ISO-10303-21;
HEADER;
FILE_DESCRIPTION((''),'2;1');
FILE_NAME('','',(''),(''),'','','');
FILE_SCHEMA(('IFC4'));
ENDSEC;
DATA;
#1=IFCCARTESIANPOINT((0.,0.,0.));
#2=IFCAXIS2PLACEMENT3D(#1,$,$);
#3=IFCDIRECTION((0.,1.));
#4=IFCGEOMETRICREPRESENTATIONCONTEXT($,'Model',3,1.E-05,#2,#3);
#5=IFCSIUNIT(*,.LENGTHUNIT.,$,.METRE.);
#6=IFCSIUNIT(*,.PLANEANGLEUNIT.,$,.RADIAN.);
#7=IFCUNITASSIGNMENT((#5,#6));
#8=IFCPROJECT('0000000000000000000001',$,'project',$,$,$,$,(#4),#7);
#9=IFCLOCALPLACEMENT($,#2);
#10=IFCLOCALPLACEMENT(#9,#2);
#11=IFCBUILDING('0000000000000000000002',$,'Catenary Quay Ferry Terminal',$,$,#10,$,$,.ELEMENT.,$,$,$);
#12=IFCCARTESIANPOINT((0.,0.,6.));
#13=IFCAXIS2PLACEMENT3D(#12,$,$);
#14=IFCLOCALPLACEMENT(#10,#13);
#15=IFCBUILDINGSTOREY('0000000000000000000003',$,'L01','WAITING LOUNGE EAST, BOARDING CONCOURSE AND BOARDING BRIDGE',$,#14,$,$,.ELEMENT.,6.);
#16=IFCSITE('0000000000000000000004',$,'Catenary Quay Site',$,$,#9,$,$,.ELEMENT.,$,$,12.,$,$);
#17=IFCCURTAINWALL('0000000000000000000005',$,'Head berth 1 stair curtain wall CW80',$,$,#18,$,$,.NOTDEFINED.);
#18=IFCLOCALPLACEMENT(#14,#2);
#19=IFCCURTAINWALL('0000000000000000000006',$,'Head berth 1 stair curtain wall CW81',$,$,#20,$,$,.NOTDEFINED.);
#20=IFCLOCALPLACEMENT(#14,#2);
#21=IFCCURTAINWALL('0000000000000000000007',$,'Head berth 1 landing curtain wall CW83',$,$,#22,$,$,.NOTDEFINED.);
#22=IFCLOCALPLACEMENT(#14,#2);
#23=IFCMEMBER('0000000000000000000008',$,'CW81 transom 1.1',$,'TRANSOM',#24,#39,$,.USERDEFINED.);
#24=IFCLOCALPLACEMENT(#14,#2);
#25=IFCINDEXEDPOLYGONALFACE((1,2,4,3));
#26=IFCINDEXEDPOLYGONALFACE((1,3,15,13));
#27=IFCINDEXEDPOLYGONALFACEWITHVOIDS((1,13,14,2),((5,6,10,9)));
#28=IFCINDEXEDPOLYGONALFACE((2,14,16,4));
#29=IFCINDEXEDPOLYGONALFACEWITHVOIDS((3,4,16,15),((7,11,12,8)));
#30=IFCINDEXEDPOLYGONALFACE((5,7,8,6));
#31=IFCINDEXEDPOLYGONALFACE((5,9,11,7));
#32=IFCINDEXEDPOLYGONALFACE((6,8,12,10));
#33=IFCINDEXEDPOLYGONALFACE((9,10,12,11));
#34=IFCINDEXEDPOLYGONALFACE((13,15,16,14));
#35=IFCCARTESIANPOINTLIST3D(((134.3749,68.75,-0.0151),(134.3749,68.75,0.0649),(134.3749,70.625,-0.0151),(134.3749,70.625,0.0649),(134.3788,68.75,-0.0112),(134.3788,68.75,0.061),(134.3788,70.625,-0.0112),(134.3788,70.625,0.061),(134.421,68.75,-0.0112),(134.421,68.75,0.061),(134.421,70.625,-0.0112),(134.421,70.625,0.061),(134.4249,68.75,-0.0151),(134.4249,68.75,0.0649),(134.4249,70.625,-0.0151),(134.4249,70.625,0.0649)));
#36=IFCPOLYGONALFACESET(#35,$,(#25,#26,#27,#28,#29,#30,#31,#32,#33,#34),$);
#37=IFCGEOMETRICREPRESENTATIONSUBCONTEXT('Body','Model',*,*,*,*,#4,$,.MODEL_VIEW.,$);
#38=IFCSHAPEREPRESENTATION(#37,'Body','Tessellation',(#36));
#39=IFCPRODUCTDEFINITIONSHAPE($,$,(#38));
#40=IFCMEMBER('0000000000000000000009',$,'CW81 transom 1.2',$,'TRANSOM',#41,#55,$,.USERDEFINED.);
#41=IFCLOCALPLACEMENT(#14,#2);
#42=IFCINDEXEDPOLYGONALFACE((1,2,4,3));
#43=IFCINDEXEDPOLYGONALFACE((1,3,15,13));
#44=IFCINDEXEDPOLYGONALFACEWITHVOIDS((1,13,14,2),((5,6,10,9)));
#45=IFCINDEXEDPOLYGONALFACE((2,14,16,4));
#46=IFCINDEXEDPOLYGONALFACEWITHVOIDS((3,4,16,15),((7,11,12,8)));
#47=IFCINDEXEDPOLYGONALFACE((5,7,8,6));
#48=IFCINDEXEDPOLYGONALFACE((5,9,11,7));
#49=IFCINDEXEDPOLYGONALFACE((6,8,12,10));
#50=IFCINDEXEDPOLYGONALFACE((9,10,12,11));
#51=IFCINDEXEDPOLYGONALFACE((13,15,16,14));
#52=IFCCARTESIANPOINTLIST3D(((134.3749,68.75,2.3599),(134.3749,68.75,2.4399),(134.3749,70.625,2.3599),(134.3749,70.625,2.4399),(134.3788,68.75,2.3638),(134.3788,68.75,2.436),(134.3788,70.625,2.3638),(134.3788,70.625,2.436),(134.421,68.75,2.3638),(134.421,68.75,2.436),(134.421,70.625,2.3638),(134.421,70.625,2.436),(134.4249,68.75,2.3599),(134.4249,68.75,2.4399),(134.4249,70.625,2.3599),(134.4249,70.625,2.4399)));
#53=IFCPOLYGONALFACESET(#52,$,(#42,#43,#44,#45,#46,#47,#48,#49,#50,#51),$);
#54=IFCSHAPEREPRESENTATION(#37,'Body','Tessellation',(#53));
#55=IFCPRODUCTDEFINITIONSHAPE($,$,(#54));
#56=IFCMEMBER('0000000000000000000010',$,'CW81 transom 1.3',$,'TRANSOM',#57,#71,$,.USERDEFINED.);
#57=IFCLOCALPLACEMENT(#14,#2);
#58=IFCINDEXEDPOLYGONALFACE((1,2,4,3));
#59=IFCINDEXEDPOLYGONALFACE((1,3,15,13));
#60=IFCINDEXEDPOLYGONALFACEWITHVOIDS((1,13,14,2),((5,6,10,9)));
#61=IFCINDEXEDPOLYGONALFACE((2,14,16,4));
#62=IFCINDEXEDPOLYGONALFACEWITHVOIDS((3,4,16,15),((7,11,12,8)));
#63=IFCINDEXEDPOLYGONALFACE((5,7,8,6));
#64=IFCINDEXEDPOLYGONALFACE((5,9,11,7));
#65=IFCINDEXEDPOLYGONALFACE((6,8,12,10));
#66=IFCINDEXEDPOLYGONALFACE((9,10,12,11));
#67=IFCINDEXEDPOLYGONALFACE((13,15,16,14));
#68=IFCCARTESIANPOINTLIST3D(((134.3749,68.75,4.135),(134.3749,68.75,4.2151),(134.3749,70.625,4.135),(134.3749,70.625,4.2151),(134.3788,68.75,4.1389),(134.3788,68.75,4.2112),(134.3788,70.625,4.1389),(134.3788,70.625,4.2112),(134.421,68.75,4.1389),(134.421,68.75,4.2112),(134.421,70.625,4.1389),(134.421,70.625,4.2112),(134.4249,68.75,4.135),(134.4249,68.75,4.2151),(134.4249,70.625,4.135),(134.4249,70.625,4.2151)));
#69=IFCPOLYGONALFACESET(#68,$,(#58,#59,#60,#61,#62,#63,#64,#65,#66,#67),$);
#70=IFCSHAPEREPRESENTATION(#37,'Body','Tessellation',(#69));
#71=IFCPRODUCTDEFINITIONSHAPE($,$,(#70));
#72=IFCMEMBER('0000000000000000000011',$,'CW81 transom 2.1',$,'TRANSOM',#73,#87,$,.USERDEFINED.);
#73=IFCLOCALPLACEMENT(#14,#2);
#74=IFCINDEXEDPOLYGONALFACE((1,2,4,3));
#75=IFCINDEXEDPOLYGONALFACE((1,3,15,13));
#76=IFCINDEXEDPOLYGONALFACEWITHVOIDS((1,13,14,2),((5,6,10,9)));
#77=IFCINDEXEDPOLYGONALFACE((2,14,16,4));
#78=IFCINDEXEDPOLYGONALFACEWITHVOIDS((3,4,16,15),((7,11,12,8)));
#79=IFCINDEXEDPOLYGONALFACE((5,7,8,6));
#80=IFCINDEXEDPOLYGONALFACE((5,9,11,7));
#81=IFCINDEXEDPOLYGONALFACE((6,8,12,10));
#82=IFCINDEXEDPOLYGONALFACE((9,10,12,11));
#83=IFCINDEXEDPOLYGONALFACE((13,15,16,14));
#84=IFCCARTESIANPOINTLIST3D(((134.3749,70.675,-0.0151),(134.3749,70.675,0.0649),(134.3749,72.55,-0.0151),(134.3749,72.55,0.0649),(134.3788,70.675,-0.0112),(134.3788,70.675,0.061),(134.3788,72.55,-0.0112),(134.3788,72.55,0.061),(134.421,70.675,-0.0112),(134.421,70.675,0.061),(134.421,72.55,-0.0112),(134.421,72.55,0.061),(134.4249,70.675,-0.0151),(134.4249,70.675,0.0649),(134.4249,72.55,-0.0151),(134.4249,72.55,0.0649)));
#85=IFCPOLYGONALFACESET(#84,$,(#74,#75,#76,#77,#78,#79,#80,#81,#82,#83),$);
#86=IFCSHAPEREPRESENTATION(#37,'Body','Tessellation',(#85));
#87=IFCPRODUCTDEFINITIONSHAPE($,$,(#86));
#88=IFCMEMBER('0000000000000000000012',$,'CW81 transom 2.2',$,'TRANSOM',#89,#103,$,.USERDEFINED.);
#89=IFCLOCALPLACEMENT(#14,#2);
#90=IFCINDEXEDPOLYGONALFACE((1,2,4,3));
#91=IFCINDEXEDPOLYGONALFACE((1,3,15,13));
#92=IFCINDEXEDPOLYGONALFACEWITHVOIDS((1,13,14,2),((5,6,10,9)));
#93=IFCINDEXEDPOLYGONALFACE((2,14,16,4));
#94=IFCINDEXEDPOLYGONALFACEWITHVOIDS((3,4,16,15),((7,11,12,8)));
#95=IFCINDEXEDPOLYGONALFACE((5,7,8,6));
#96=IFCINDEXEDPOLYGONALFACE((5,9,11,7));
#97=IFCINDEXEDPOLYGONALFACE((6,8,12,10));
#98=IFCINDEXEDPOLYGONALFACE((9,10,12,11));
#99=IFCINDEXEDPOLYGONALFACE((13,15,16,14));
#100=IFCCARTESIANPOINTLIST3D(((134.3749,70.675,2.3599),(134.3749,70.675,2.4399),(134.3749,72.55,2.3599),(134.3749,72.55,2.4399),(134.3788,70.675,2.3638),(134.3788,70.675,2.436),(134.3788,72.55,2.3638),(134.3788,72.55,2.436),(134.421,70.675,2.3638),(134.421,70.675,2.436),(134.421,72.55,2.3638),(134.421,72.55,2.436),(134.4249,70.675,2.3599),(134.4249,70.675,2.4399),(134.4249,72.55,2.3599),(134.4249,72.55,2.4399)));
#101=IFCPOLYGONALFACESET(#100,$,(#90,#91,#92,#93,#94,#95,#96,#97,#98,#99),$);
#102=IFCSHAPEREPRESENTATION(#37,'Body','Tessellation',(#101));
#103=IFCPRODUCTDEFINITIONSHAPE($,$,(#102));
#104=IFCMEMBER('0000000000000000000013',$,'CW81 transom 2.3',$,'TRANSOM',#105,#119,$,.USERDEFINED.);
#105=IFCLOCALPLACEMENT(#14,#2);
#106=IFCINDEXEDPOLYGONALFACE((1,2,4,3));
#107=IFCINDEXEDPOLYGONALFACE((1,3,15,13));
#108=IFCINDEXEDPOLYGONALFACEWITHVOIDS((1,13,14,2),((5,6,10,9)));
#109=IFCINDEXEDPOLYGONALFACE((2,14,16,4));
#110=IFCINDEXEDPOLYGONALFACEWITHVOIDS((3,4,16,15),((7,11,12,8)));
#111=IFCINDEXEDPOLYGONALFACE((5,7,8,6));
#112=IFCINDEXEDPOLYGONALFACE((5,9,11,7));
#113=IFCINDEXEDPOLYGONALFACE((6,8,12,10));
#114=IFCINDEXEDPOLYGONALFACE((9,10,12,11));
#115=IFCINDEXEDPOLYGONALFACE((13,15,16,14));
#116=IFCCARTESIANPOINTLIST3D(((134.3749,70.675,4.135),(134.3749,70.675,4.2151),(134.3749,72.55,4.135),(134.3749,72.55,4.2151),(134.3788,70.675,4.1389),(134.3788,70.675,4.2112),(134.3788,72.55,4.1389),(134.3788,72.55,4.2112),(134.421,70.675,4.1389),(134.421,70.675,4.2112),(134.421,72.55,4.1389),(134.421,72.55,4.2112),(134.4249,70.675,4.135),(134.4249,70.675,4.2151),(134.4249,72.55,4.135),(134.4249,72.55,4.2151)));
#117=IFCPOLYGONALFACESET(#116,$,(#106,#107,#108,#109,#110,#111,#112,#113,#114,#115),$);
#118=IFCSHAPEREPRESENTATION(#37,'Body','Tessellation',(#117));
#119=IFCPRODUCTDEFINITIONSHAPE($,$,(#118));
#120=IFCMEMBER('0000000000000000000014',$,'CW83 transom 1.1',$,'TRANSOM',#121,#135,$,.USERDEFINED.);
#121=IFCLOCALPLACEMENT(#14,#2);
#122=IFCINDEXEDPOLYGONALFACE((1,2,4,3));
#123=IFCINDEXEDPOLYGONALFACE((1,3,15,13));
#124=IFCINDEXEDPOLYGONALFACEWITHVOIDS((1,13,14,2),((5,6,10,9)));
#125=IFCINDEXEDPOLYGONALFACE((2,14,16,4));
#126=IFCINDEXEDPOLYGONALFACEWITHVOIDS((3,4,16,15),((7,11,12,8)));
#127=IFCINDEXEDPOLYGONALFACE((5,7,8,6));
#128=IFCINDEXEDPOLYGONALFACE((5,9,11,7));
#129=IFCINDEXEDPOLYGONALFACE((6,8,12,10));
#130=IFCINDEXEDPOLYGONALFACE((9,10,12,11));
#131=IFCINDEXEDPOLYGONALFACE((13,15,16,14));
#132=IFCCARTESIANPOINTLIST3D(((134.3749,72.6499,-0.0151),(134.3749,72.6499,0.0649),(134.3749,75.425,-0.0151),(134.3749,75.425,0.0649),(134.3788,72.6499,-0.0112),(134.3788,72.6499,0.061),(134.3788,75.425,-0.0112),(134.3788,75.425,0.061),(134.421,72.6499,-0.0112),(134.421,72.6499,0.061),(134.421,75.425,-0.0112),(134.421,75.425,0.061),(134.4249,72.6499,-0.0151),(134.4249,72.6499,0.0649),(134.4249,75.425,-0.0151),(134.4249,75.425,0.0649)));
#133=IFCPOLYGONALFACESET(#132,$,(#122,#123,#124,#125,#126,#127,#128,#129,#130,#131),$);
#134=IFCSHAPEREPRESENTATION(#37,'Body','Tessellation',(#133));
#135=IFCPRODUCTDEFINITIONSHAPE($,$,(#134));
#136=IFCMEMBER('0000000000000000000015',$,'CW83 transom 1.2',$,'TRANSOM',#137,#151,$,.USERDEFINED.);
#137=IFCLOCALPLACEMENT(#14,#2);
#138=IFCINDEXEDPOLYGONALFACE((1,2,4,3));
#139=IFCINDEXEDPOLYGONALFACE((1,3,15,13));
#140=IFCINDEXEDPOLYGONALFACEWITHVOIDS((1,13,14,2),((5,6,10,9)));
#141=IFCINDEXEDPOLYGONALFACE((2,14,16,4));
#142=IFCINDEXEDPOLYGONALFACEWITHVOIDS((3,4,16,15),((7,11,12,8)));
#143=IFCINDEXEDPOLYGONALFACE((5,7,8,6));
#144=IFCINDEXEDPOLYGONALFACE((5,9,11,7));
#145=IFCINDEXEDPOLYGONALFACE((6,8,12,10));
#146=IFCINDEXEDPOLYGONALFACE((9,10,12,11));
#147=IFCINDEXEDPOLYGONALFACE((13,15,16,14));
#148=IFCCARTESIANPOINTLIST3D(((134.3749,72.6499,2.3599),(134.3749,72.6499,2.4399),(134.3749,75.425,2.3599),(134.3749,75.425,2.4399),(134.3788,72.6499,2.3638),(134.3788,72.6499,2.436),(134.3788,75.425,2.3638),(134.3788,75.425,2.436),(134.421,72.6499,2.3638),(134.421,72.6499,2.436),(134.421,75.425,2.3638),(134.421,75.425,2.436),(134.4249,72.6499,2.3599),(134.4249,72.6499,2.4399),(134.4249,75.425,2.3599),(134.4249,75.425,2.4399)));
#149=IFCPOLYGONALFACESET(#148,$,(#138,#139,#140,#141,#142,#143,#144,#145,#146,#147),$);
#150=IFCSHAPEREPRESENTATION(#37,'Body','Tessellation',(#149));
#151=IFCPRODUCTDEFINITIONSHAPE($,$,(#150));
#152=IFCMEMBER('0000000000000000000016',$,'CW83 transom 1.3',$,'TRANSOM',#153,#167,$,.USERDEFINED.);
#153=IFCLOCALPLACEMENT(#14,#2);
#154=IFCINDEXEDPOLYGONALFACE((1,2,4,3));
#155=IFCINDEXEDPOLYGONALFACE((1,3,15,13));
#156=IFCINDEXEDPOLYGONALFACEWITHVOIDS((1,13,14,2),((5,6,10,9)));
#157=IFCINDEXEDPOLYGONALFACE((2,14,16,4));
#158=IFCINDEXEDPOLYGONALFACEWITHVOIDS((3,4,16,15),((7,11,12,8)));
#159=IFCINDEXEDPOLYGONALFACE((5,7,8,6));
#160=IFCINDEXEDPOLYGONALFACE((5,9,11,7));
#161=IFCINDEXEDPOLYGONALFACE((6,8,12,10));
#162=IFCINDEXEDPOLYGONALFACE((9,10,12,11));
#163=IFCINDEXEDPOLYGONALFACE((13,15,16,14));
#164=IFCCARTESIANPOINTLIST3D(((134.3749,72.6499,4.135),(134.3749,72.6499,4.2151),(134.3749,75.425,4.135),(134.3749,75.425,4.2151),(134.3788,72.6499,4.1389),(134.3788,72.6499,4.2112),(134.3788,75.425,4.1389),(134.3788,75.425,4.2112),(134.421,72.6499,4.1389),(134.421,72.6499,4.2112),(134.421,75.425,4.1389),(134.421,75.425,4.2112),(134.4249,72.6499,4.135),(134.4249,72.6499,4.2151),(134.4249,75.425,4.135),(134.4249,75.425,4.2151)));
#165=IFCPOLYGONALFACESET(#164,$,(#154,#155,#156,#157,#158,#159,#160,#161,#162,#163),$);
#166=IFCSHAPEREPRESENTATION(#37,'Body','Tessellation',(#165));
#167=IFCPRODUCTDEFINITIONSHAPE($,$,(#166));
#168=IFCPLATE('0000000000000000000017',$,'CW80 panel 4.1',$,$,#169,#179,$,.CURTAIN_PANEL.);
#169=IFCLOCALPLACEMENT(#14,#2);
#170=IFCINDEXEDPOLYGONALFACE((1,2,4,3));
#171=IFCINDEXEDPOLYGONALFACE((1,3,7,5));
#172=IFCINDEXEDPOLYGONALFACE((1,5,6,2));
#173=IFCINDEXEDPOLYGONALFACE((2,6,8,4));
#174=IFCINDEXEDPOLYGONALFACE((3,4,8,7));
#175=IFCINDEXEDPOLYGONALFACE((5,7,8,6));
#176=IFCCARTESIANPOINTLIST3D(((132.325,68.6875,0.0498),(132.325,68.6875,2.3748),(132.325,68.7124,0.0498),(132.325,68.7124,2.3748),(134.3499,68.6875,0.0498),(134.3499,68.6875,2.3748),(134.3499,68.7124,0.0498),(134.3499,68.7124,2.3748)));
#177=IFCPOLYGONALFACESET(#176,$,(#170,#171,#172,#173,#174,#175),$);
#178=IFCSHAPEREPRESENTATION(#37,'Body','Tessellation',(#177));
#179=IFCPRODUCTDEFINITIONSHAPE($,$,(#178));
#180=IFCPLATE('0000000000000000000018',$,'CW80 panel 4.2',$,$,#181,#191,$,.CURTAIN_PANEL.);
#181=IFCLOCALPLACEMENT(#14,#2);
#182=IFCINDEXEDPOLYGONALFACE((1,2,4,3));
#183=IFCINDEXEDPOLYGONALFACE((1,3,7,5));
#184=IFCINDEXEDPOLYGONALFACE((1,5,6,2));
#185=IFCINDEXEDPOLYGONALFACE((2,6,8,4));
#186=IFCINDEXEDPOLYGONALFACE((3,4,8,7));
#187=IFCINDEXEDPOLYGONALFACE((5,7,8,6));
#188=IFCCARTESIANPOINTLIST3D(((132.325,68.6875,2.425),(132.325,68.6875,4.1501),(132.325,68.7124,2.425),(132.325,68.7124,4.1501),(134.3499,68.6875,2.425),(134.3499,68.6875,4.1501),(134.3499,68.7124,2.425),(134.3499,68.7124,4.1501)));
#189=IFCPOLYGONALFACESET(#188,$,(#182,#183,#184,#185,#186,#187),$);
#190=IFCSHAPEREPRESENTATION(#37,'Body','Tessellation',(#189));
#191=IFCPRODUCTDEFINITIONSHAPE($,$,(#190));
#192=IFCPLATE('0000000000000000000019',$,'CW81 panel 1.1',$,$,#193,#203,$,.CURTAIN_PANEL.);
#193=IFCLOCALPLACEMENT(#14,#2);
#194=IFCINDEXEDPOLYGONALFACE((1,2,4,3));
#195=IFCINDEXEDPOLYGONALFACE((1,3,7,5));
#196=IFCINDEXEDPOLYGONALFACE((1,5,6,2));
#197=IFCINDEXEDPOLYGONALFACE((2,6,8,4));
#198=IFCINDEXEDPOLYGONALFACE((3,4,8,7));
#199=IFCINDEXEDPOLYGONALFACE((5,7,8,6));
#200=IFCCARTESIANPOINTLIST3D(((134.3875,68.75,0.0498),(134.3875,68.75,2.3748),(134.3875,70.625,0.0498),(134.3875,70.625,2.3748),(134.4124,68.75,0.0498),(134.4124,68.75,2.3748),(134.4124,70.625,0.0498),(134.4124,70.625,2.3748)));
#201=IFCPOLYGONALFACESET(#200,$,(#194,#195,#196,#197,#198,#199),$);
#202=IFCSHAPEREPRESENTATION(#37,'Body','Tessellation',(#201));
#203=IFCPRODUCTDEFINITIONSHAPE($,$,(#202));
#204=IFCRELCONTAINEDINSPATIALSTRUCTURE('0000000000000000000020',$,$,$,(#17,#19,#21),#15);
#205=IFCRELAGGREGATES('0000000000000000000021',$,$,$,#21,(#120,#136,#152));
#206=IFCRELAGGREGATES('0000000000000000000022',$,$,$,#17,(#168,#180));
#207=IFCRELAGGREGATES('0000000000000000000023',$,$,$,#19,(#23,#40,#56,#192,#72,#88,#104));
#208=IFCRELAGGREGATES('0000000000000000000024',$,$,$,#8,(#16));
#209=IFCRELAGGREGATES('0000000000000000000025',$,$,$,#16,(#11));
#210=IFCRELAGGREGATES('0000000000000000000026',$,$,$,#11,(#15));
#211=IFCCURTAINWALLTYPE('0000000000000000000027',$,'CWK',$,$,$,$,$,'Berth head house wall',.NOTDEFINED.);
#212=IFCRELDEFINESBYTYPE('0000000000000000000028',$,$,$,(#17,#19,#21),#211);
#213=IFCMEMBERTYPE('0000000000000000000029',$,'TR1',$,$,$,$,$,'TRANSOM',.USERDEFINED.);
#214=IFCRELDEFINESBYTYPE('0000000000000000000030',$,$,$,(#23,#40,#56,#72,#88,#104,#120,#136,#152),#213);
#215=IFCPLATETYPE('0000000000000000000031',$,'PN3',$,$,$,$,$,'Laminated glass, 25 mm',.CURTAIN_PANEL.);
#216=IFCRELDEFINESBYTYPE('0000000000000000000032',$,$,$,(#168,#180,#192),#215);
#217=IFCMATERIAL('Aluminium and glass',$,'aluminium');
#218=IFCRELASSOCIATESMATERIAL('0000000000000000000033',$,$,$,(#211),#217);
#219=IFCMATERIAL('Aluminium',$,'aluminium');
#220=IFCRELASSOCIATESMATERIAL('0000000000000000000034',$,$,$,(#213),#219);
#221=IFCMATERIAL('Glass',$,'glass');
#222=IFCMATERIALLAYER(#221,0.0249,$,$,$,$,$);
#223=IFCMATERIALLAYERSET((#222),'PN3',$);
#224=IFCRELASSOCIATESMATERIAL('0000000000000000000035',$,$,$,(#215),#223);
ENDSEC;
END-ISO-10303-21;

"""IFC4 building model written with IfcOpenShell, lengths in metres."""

from ifc_helpers import new_model, si_unit, direction, frame, origin, origin_2d, place, context, subcontext, project, spatial, rectangle, hollow_rectangle, extrude, material, layer, layer_set, material_profile, profile_set, type_object, element, aggregate, save


model = new_model("IFC4")

# Units and contexts
model_context = context("Model", 3, precision=1e-05, world=origin(), true_north=direction((0.0, 1.0)))
body_context = subcontext(model_context, "Body", "Model", "MODEL_VIEW")
ifc_project = project(units=[si_unit("LENGTHUNIT", "METRE"), si_unit("PLANEANGLEUNIT", "RADIAN")], contexts=[model_context])

# Site, building, storey
site_placement = place(None, origin())
site = spatial("IfcSite", under=ifc_project, at=site_placement, Name="Catenary Quay Site", CompositionType="ELEMENT", RefElevation=12.0)
building_placement = place(site_placement, origin())
building = spatial("IfcBuilding", under=site, at=building_placement, Name="Catenary Quay Ferry Terminal", CompositionType="ELEMENT")
storey_placement = place(building_placement, frame((0.0, 0.0, 6.0)))
storey = spatial("IfcBuildingStorey", under=building, at=storey_placement, Name="L01", Description="WAITING LOUNGE EAST, BOARDING CONCOURSE AND BOARDING BRIDGE", CompositionType="ELEMENT", Elevation=6.0)

# Curtain wall
ifc_material_1 = material(Name="Aluminium and glass", Category="aluminium")
curtain_wall_type = type_object("IfcCurtainWallType", Name="CWK", ElementType="Berth head house wall", PredefinedType="NOTDEFINED", material=ifc_material_1)
curtain_wall_1_placement = place(storey_placement, origin())
curtain_wall_1 = element("IfcCurtainWall", 1, at=curtain_wall_1_placement, inside=storey, type_object=curtain_wall_type, Name="Head berth 1 stair curtain wall CW80", PredefinedType="NOTDEFINED")

# Curtain wall
curtain_wall_2_placement = place(storey_placement, origin())
curtain_wall_2 = element("IfcCurtainWall", 2, at=curtain_wall_2_placement, inside=storey, type_object=curtain_wall_type, Name="Head berth 1 stair curtain wall CW81", PredefinedType="NOTDEFINED")

# Curtain wall
curtain_wall_3_placement = place(storey_placement, origin())
curtain_wall_3 = element("IfcCurtainWall", 3, at=curtain_wall_3_placement, inside=storey, type_object=curtain_wall_type, Name="Head berth 1 landing curtain wall CW83", PredefinedType="NOTDEFINED")

# Members
ifc_material_2 = material(Name="Aluminium", Category="aluminium")
ifc_material_profile_1 = material_profile(ifc_material_2, hollow_rectangle(XDim=0.05, YDim=0.0801, WallThickness=0.0039, at=origin_2d()), Name="TR1")
ifc_profile_set_1 = profile_set([ifc_material_profile_1], Name="Aluminium")
member_type_1 = type_object("IfcMemberType", Name="TR1", ElementType="TRANSOM", PredefinedType="USERDEFINED", material=ifc_profile_set_1)
member_1_placement = place(storey_placement, frame((134.3999, 68.75, 0.0249), z_axis=(0.0, 1.0, 0.0), x_axis=(-1.0, 0.0, 0.0)))
member_1 = element("IfcMember", 4, at=member_1_placement, type_object=member_type_1, Name="CW81 transom 1.1", ObjectType="TRANSOM", PredefinedType="USERDEFINED", context=body_context, shape_type="SweptSolid", body=[
    extrude(hollow_rectangle(XDim=0.05, YDim=0.0801, WallThickness=0.0039, at=origin_2d()), origin(), (0.0, 0.0, 1.0), 1.875),
])
member_2_placement = place(storey_placement, frame((134.3999, 68.75, 2.3999), z_axis=(0.0, 1.0, 0.0), x_axis=(-1.0, 0.0, 0.0)))
member_2 = element("IfcMember", 5, at=member_2_placement, type_object=member_type_1, Name="CW81 transom 1.2", ObjectType="TRANSOM", PredefinedType="USERDEFINED", context=body_context, shape_type="SweptSolid", body=[
    extrude(hollow_rectangle(XDim=0.05, YDim=0.0801, WallThickness=0.0039, at=origin_2d()), origin(), (0.0, 0.0, 1.0), 1.875),
])
member_3_placement = place(storey_placement, frame((134.3999, 68.75, 4.175), z_axis=(0.0, 1.0, 0.0), x_axis=(-1.0, 0.0, 0.0)))
member_3 = element("IfcMember", 6, at=member_3_placement, type_object=member_type_1, Name="CW81 transom 1.3", ObjectType="TRANSOM", PredefinedType="USERDEFINED", context=body_context, shape_type="SweptSolid", body=[
    extrude(hollow_rectangle(XDim=0.05, YDim=0.0801, WallThickness=0.0039, at=origin_2d()), origin(), (0.0, 0.0, 1.0), 1.875),
])
member_4_placement = place(storey_placement, frame((134.3999, 70.675, 0.0249), z_axis=(0.0, 1.0, 0.0), x_axis=(-1.0, 0.0, 0.0)))
member_4 = element("IfcMember", 7, at=member_4_placement, type_object=member_type_1, Name="CW81 transom 2.1", ObjectType="TRANSOM", PredefinedType="USERDEFINED", context=body_context, shape_type="SweptSolid", body=[
    extrude(hollow_rectangle(XDim=0.05, YDim=0.0801, WallThickness=0.0039, at=origin_2d()), origin(), (0.0, 0.0, 1.0), 1.875),
])
member_5_placement = place(storey_placement, frame((134.3999, 70.675, 2.3999), z_axis=(0.0, 1.0, 0.0), x_axis=(-1.0, 0.0, 0.0)))
member_5 = element("IfcMember", 8, at=member_5_placement, type_object=member_type_1, Name="CW81 transom 2.2", ObjectType="TRANSOM", PredefinedType="USERDEFINED", context=body_context, shape_type="SweptSolid", body=[
    extrude(hollow_rectangle(XDim=0.05, YDim=0.0801, WallThickness=0.0039, at=origin_2d()), origin(), (0.0, 0.0, 1.0), 1.875),
])
member_6_placement = place(storey_placement, frame((134.3999, 70.675, 4.175), z_axis=(0.0, 1.0, 0.0), x_axis=(-1.0, 0.0, 0.0)))
member_6 = element("IfcMember", 9, at=member_6_placement, type_object=member_type_1, Name="CW81 transom 2.3", ObjectType="TRANSOM", PredefinedType="USERDEFINED", context=body_context, shape_type="SweptSolid", body=[
    extrude(hollow_rectangle(XDim=0.05, YDim=0.0801, WallThickness=0.0039, at=origin_2d()), origin(), (0.0, 0.0, 1.0), 1.875),
])
member_7_placement = place(storey_placement, frame((134.3999, 72.6499, 0.0249), z_axis=(0.0, 1.0, 0.0), x_axis=(-1.0, 0.0, 0.0)))
member_7 = element("IfcMember", 10, at=member_7_placement, type_object=member_type_1, Name="CW83 transom 1.1", ObjectType="TRANSOM", PredefinedType="USERDEFINED", context=body_context, shape_type="SweptSolid", body=[
    extrude(hollow_rectangle(XDim=0.05, YDim=0.0801, WallThickness=0.0039, at=origin_2d()), origin(), (0.0, 0.0, 1.0), 2.7751),
])
member_8_placement = place(storey_placement, frame((134.3999, 72.6499, 2.3999), z_axis=(0.0, 1.0, 0.0), x_axis=(-1.0, 0.0, 0.0)))
member_8 = element("IfcMember", 11, at=member_8_placement, type_object=member_type_1, Name="CW83 transom 1.2", ObjectType="TRANSOM", PredefinedType="USERDEFINED", context=body_context, shape_type="SweptSolid", body=[
    extrude(hollow_rectangle(XDim=0.05, YDim=0.0801, WallThickness=0.0039, at=origin_2d()), origin(), (0.0, 0.0, 1.0), 2.7751),
])
member_9_placement = place(storey_placement, frame((134.3999, 72.6499, 4.175), z_axis=(0.0, 1.0, 0.0), x_axis=(-1.0, 0.0, 0.0)))
member_9 = element("IfcMember", 12, at=member_9_placement, type_object=member_type_1, Name="CW83 transom 1.3", ObjectType="TRANSOM", PredefinedType="USERDEFINED", context=body_context, shape_type="SweptSolid", body=[
    extrude(hollow_rectangle(XDim=0.05, YDim=0.0801, WallThickness=0.0039, at=origin_2d()), origin(), (0.0, 0.0, 1.0), 2.7751),
])
aggregate(curtain_wall_3, [member_7, member_8, member_9])

# Plates
ifc_material_3 = material(Name="Glass", Category="glass")
ifc_layer = layer(ifc_material_3, 0.0249)
ifc_layer_set = layer_set([ifc_layer], Name="PN3")
plate_type = type_object("IfcPlateType", Name="PN3", ElementType="Laminated glass, 25 mm", PredefinedType="CURTAIN_PANEL", material=ifc_layer_set)
plate_1_placement = place(storey_placement, frame((133.3374, 68.7, 0.0498), z_axis=(0.0, 0.0, 1.0), x_axis=(1.0, 0.0, 0.0)))
plate_1 = element("IfcPlate", 13, at=plate_1_placement, type_object=plate_type, Name="CW80 panel 4.1", PredefinedType="CURTAIN_PANEL", context=body_context, shape_type="SweptSolid", body=[
    extrude(rectangle(XDim=2.0249, YDim=0.0249, at=origin_2d()), origin(), (0.0, 0.0, 1.0), 2.325),
])
plate_2_placement = place(storey_placement, frame((133.3374, 68.7, 2.425), z_axis=(0.0, 0.0, 1.0), x_axis=(1.0, 0.0, 0.0)))
plate_2 = element("IfcPlate", 14, at=plate_2_placement, type_object=plate_type, Name="CW80 panel 4.2", PredefinedType="CURTAIN_PANEL", context=body_context, shape_type="SweptSolid", body=[
    extrude(rectangle(XDim=2.0249, YDim=0.0249, at=origin_2d()), origin(), (0.0, 0.0, 1.0), 1.7251),
])
aggregate(curtain_wall_1, [plate_1, plate_2])
plate_3_placement = place(storey_placement, frame((134.3999, 69.6875, 0.0498), z_axis=(0.0, 0.0, 1.0), x_axis=(0.0, 1.0, 0.0)))
plate_3 = element("IfcPlate", 15, at=plate_3_placement, type_object=plate_type, Name="CW81 panel 1.1", PredefinedType="CURTAIN_PANEL", context=body_context, shape_type="SweptSolid", body=[
    extrude(rectangle(XDim=1.875, YDim=0.0249, at=origin_2d()), origin(), (0.0, 0.0, 1.0), 2.325),
])
aggregate(curtain_wall_2, [member_1, member_2, member_3, plate_3, member_4, member_5, member_6])

save(model, "model.ifc")
